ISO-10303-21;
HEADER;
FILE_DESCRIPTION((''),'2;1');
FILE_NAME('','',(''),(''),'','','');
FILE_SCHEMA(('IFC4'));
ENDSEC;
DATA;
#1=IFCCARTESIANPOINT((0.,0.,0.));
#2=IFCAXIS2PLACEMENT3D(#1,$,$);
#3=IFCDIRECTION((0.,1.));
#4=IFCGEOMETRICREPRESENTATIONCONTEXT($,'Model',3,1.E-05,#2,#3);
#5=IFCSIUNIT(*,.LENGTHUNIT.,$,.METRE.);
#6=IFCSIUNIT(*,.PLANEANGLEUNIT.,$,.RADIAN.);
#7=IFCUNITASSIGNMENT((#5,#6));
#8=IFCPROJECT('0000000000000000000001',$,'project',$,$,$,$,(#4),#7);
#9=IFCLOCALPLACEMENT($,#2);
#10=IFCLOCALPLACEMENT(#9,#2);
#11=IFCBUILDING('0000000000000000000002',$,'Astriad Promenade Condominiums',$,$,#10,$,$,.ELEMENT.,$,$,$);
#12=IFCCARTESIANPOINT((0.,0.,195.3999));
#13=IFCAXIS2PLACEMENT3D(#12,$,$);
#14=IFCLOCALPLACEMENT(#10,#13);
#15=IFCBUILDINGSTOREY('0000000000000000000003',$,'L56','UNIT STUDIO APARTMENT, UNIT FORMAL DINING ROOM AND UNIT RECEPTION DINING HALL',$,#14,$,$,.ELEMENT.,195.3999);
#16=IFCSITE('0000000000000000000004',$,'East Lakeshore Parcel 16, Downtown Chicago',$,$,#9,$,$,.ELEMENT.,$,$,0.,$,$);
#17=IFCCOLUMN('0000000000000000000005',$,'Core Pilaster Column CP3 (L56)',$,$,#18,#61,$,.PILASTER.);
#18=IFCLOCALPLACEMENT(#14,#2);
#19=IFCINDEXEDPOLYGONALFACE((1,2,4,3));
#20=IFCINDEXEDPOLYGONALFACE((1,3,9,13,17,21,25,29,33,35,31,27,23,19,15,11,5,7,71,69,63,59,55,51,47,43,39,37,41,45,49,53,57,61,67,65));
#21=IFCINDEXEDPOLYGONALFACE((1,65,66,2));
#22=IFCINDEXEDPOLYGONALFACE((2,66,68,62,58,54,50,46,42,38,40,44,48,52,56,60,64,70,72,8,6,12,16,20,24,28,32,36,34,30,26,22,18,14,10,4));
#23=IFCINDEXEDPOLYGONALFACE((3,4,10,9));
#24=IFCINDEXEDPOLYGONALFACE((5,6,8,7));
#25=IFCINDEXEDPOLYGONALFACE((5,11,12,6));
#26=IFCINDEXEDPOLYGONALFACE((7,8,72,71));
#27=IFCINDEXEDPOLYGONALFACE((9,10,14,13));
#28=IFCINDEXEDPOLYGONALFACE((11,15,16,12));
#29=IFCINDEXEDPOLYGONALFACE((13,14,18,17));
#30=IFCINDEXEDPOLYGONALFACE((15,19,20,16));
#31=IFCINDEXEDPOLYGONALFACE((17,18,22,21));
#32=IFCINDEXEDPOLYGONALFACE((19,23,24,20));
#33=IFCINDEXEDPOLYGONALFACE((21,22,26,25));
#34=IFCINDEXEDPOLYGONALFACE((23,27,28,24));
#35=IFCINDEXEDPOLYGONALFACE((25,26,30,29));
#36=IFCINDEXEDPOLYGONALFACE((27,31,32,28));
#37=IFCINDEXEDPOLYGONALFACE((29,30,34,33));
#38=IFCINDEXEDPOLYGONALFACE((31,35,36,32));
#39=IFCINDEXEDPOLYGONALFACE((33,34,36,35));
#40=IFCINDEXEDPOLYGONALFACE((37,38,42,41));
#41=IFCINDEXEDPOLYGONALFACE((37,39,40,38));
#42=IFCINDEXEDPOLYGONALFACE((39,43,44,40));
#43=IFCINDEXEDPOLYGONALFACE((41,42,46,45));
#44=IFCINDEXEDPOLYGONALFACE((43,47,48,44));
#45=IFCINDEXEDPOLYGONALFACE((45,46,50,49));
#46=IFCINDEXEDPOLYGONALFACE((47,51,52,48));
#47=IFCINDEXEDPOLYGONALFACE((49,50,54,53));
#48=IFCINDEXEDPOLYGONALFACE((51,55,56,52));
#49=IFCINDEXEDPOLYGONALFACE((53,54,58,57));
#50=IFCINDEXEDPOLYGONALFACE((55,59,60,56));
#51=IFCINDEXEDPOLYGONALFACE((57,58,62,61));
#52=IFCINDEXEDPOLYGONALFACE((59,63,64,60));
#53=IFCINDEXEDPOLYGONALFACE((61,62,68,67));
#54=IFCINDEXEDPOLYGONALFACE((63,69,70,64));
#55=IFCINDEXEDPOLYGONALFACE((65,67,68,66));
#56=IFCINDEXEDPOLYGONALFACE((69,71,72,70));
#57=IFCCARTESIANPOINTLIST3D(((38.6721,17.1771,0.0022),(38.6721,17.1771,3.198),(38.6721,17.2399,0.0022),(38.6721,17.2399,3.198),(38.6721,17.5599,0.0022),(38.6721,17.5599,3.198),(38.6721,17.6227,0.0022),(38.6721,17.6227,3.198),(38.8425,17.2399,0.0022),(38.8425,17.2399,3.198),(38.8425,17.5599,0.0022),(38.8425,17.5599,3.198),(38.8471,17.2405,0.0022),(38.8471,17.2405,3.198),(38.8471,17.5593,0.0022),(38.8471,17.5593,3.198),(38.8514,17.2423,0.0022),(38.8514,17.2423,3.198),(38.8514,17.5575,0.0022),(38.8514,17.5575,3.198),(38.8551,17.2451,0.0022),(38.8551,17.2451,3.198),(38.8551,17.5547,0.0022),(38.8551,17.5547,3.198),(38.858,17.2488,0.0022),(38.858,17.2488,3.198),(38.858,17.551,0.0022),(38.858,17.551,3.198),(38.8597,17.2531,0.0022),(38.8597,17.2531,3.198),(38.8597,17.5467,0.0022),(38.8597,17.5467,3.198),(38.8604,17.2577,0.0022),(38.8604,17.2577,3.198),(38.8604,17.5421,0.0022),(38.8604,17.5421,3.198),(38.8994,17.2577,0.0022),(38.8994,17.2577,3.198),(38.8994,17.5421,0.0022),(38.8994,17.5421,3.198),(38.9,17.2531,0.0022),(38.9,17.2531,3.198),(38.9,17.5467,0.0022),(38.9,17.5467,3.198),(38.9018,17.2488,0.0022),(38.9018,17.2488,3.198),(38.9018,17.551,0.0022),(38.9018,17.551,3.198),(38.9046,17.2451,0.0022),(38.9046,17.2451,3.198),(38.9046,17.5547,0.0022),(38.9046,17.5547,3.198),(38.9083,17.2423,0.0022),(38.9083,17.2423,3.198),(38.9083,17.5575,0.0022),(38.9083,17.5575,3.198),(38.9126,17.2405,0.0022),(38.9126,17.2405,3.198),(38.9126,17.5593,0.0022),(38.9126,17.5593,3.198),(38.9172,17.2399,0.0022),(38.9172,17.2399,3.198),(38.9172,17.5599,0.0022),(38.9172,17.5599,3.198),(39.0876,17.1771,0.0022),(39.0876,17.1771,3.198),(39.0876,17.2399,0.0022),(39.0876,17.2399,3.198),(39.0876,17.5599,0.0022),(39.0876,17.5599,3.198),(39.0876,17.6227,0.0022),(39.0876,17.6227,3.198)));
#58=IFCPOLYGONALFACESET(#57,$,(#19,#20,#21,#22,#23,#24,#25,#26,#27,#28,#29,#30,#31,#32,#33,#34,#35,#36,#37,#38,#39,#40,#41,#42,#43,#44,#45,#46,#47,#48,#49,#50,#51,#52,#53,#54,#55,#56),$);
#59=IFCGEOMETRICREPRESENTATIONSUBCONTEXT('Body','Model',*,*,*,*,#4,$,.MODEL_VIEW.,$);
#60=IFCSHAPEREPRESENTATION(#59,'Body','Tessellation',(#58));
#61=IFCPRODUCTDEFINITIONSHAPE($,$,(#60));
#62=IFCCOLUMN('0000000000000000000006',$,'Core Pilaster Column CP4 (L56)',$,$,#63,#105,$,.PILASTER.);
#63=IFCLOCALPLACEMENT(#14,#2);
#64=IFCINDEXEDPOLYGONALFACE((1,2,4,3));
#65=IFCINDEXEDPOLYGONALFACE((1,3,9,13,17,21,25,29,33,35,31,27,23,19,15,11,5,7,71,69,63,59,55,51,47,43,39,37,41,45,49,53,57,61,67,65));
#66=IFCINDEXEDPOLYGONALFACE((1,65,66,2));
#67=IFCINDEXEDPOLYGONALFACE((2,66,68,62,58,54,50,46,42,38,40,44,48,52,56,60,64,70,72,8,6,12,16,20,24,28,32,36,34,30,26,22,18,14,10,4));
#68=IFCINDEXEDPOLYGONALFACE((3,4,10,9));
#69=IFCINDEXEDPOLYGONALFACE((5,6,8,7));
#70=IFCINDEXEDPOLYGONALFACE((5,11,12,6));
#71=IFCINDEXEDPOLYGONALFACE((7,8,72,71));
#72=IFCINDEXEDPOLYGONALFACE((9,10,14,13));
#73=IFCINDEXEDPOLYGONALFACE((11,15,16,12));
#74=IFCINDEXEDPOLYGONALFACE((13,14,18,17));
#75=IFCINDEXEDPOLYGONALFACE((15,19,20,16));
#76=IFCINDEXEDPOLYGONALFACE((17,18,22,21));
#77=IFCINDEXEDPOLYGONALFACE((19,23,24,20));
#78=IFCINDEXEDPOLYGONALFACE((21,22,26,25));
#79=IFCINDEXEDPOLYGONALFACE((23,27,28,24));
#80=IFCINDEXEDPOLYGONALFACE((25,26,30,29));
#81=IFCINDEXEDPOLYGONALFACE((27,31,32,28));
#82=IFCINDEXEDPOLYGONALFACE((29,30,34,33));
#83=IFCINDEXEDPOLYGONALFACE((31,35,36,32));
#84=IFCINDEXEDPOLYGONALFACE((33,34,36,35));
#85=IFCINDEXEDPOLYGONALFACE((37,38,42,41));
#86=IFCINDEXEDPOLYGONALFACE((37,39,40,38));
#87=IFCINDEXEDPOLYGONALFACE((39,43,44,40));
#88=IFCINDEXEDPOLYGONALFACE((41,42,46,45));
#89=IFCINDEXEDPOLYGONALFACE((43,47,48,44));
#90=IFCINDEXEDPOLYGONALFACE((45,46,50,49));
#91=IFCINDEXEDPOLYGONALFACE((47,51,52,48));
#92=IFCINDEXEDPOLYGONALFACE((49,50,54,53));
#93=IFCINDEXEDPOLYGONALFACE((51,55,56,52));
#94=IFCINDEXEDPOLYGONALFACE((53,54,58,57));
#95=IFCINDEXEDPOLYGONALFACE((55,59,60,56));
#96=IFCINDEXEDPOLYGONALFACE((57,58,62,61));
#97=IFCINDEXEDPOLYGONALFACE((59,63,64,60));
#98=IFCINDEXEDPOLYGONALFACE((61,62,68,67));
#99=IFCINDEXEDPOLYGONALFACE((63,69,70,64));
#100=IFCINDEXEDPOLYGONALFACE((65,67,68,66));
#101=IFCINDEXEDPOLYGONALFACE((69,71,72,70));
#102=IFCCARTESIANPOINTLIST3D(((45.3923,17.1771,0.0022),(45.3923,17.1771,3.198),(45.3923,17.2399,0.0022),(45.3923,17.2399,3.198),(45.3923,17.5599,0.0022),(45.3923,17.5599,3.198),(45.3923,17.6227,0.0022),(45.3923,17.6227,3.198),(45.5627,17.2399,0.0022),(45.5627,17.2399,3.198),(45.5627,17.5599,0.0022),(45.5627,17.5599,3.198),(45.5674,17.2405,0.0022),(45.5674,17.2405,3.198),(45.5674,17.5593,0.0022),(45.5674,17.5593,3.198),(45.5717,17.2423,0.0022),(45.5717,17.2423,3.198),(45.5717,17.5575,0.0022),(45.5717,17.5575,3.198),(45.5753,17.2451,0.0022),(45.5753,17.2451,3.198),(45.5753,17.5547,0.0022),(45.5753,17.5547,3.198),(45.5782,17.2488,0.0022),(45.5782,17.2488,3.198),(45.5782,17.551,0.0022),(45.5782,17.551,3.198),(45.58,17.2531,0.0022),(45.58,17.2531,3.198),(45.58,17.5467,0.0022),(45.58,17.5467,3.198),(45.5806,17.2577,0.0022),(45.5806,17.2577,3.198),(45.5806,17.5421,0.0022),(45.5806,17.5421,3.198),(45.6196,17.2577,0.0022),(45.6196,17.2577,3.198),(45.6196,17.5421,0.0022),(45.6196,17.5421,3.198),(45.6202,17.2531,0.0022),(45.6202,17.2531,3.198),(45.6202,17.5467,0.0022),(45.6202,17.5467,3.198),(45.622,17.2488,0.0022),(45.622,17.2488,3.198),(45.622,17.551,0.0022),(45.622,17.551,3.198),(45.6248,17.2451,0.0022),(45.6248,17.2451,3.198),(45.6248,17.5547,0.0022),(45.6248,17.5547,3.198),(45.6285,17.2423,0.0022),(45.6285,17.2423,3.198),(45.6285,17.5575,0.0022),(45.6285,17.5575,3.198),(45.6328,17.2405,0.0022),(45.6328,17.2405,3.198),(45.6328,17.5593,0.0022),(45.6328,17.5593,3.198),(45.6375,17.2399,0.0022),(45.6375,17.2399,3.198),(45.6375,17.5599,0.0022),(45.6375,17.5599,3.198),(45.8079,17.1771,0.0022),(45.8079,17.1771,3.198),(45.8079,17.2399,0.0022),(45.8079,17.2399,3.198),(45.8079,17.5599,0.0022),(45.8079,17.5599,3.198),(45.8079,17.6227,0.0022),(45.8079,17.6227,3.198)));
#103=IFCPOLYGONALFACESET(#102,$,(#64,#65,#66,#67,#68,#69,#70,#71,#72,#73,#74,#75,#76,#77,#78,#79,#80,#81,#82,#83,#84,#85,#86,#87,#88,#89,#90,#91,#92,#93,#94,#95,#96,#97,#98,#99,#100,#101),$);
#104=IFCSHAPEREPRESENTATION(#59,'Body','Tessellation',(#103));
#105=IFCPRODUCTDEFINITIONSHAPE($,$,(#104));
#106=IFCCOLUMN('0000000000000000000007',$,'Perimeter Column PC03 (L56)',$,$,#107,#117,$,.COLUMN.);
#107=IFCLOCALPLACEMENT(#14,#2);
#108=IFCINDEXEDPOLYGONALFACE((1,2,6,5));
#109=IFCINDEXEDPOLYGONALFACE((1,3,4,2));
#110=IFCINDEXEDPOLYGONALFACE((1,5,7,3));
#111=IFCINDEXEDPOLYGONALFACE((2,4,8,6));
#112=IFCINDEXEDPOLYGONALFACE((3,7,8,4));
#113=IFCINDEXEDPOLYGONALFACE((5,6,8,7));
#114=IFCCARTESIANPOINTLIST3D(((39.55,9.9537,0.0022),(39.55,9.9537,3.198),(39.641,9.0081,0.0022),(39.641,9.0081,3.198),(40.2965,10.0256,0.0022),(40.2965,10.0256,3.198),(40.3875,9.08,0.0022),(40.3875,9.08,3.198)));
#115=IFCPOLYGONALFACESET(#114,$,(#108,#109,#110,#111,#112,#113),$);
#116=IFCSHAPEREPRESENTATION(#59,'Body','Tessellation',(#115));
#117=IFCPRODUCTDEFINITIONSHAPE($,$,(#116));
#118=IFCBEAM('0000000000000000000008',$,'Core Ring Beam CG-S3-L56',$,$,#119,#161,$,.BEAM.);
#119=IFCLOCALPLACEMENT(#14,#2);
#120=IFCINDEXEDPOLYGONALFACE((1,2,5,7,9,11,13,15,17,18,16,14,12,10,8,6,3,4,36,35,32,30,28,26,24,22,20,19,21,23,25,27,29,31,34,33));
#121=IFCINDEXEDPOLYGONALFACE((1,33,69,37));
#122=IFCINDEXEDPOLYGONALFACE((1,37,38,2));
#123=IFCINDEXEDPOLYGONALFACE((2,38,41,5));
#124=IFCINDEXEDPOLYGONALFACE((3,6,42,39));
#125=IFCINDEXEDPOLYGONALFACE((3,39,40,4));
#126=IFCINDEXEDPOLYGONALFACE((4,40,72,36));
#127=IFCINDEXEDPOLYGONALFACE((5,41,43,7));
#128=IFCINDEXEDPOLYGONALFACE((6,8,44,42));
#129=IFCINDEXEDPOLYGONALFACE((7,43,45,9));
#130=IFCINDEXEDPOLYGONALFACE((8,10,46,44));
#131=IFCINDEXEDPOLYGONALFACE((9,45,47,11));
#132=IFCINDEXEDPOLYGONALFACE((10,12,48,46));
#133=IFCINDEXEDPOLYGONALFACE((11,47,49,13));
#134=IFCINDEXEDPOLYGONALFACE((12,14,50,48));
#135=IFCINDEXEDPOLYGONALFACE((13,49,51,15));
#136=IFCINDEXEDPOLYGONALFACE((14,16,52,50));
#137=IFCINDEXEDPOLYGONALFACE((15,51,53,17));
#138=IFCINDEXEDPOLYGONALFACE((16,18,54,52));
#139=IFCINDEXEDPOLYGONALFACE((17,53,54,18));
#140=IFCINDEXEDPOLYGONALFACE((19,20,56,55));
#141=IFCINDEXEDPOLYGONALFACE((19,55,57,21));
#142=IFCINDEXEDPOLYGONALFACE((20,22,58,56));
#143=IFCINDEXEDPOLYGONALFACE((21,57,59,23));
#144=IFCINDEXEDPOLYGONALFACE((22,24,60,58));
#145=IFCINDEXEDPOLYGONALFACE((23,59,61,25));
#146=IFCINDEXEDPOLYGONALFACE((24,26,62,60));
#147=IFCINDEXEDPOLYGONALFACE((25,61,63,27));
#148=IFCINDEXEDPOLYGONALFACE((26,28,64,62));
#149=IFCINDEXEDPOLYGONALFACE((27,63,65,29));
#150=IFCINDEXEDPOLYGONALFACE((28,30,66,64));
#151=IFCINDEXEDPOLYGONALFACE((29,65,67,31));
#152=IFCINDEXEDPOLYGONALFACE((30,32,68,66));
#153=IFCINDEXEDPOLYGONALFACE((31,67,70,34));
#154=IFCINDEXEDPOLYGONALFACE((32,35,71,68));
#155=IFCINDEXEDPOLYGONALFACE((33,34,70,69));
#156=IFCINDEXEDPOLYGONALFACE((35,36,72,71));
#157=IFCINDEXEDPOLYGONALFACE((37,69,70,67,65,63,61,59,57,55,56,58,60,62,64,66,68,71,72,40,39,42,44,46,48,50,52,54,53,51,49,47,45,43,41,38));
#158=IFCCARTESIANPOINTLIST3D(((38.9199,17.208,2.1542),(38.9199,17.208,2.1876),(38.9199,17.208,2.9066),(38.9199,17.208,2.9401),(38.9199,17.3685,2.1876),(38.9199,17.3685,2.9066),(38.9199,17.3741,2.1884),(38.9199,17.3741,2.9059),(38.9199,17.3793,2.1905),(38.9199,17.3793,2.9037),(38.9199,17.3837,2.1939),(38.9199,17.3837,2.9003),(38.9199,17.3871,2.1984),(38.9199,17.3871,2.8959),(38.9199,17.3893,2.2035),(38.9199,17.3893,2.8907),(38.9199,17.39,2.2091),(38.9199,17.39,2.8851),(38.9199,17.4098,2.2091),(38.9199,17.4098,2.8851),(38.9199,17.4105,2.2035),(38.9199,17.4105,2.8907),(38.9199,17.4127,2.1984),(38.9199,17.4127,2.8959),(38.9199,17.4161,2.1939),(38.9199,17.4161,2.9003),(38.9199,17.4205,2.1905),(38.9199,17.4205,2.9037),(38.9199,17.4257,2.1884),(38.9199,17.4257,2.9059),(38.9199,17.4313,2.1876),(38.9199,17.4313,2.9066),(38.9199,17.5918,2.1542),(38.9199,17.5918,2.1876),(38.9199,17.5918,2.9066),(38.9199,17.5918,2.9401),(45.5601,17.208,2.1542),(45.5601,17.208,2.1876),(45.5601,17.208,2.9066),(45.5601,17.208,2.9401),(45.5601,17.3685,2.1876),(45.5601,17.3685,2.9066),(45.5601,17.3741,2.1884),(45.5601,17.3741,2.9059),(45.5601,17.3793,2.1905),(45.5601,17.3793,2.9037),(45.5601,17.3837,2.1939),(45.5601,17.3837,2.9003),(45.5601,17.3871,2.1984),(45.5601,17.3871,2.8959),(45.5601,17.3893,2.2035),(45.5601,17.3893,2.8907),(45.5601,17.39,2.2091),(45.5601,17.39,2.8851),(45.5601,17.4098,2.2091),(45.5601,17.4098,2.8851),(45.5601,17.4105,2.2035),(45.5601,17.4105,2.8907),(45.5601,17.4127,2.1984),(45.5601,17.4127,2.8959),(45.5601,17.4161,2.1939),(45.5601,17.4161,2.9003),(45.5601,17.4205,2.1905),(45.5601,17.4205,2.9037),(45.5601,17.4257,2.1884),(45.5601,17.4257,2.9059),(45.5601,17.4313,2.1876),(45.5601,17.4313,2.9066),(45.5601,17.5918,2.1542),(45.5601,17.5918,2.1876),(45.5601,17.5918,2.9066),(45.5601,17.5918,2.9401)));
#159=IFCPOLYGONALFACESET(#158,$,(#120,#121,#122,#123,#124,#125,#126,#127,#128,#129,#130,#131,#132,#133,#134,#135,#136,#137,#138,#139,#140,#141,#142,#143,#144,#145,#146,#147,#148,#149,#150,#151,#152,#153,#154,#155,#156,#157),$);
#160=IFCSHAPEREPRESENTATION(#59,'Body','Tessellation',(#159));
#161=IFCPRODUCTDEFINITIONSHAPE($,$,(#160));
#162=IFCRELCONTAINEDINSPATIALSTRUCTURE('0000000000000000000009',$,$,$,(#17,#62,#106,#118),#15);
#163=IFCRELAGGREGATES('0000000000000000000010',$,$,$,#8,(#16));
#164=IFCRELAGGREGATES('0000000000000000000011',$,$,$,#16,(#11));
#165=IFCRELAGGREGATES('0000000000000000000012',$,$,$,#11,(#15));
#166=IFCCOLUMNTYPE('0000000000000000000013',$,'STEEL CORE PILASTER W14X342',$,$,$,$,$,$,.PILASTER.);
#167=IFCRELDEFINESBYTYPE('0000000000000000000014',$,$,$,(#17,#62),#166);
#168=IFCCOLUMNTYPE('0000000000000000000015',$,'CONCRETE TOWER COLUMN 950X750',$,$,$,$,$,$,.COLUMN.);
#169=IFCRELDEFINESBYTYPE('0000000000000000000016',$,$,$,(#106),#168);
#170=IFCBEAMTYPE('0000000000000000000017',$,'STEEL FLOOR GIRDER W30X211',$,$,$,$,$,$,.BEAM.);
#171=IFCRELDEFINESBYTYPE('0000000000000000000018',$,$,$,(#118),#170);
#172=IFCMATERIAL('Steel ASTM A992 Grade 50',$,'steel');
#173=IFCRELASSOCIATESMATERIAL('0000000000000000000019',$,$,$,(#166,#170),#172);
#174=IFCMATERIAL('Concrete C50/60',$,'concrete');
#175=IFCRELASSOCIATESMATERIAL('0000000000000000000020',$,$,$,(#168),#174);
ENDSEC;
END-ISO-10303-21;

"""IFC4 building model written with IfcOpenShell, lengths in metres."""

from ifc_helpers import new_model, si_unit, direction, frame, origin, origin_2d, place, context, subcontext, project, spatial, rectangle, i_section, extrude, source, transform, mapped, material, material_profile, profile_set, type_object, type_shapes, element, save


model = new_model("IFC4")

# Units and contexts
model_context = context("Model", 3, precision=1e-05, world=origin(), true_north=direction((0.0, 1.0)))
body_context = subcontext(model_context, "Body", "Model", "MODEL_VIEW")
ifc_project = project(units=[si_unit("LENGTHUNIT", "METRE"), si_unit("PLANEANGLEUNIT", "RADIAN")], contexts=[model_context])

# Site, building, storey
site_placement = place(None, origin())
site = spatial("IfcSite", under=ifc_project, at=site_placement, Name="East Lakeshore Parcel 16, Downtown Chicago", CompositionType="ELEMENT", RefElevation=0.0)
building_placement = place(site_placement, origin())
building = spatial("IfcBuilding", under=site, at=building_placement, Name="Astriad Promenade Condominiums", CompositionType="ELEMENT")
storey_placement = place(building_placement, frame((0.0, 0.0, 195.3999)))
storey = spatial("IfcBuildingStorey", under=building, at=storey_placement, Name="L56", Description="UNIT STUDIO APARTMENT, UNIT FORMAL DINING ROOM AND UNIT RECEPTION DINING HALL", CompositionType="ELEMENT", Elevation=195.3999)

# Columns
ifc_material_1 = material(Name="Steel ASTM A992 Grade 50", Category="steel")
ifc_material_profile_1 = material_profile(ifc_material_1, i_section(OverallWidth=0.4155, OverallDepth=0.4456, WebThickness=0.0391, FlangeThickness=0.0627, FilletRadius=0.0178, at=origin_2d()), Name="W14X342")
ifc_profile_set_1 = profile_set([ifc_material_profile_1], Name="Steel ASTM A992 Grade 50")
column_type_1 = type_object("IfcColumnType", Name="STEEL CORE PILASTER W14X342", PredefinedType="PILASTER", material=ifc_profile_set_1)
shared_shape_1 = source(origin(), body_context, "Body", "SweptSolid", [
    extrude(i_section(OverallWidth=0.4155, OverallDepth=0.4456, WebThickness=0.0391, FlangeThickness=0.0627, FilletRadius=0.0178, at=origin_2d()), origin(), (0.0, 0.0, 1.0), 3.1958),
])
type_shapes(column_type_1, [shared_shape_1])
for number, where, z_axis, x_axis, name in (
    (1, (38.8799, 17.3999, 0.0022), (0.0, 0.0, 1.0), (1.0, 0.0, 0.0), "Core Pilaster Column CP3 (L56)"),
    (2, (45.6001, 17.3999, 0.0022), (0.0, 0.0, 1.0), (1.0, 0.0, 0.0), "Core Pilaster Column CP4 (L56)"),
):
    element("IfcColumn", number, at=place(storey_placement, frame(where, z_axis=z_axis, x_axis=x_axis)), inside=storey, type_object=column_type_1, Name=name, PredefinedType="PILASTER", context=body_context, shape_type="MappedRepresentation", body=[
        mapped(shared_shape_1, transform((0.0, 0.0, 0.0), scale=1.0)),
    ])
ifc_material_2 = material(Name="Concrete C50/60", Category="concrete")
ifc_material_profile_2 = material_profile(ifc_material_2, rectangle(XDim=0.75, YDim=0.95, at=origin_2d()), Name="RC-COL-950X750")
ifc_profile_set_2 = profile_set([ifc_material_profile_2], Name="Concrete C50/60")
column_type_2 = type_object("IfcColumnType", Name="CONCRETE TOWER COLUMN 950X750", PredefinedType="COLUMN", material=ifc_profile_set_2)
shared_shape_2 = source(origin(), body_context, "Body", "SweptSolid", [
    extrude(rectangle(XDim=0.75, YDim=0.95, at=origin_2d()), origin(), (0.0, 0.0, 1.0), 3.1958),
])
type_shapes(column_type_2, [shared_shape_2])
column_placement = place(storey_placement, frame((39.9688, 9.5168, 0.0022), z_axis=(0.0, 0.0, 1.0), x_axis=(0.995396, 0.095846, 0.0)))
element("IfcColumn", 3, at=column_placement, inside=storey, type_object=column_type_2, Name="Perimeter Column PC03 (L56)", PredefinedType="COLUMN", context=body_context, shape_type="MappedRepresentation", body=[
    mapped(shared_shape_2, transform((0.0, 0.0, 0.0), scale=1.0)),
])

# Beam
ifc_material_profile_3 = material_profile(ifc_material_1, i_section(OverallWidth=0.3838, OverallDepth=0.7859, WebThickness=0.0198, FlangeThickness=0.0334, FilletRadius=0.0215, at=origin_2d()), Name="W30X211")
ifc_profile_set_3 = profile_set([ifc_material_profile_3], Name="Steel ASTM A992 Grade 50")
beam_type_1 = type_object("IfcBeamType", Name="STEEL FLOOR GIRDER W30X211", PredefinedType="BEAM", material=ifc_profile_set_3)
shared_shape_3 = source(origin(), body_context, "Body", "SweptSolid", [
    extrude(i_section(OverallWidth=0.3838, OverallDepth=0.7859, WebThickness=0.0198, FlangeThickness=0.0334, FilletRadius=0.0215, at=origin_2d()), origin(), (0.0, 0.0, 1.0), 6.6401),
])
type_shapes(beam_type_1, [shared_shape_3])
beam_1_placement = place(storey_placement, frame((38.9199, 17.3999, 2.5471), z_axis=(1.0, 0.0, 0.0), x_axis=(0.0, 1.0, 0.0)))
element("IfcBeam", 4, at=beam_1_placement, inside=storey, type_object=beam_type_1, Name="Core Ring Beam CG-S3-L56", PredefinedType="BEAM", context=body_context, shape_type="MappedRepresentation", body=[
    mapped(shared_shape_3, transform((0.0, 0.0, 0.0), scale=1.0)),
])

save(model, "model.ifc")
